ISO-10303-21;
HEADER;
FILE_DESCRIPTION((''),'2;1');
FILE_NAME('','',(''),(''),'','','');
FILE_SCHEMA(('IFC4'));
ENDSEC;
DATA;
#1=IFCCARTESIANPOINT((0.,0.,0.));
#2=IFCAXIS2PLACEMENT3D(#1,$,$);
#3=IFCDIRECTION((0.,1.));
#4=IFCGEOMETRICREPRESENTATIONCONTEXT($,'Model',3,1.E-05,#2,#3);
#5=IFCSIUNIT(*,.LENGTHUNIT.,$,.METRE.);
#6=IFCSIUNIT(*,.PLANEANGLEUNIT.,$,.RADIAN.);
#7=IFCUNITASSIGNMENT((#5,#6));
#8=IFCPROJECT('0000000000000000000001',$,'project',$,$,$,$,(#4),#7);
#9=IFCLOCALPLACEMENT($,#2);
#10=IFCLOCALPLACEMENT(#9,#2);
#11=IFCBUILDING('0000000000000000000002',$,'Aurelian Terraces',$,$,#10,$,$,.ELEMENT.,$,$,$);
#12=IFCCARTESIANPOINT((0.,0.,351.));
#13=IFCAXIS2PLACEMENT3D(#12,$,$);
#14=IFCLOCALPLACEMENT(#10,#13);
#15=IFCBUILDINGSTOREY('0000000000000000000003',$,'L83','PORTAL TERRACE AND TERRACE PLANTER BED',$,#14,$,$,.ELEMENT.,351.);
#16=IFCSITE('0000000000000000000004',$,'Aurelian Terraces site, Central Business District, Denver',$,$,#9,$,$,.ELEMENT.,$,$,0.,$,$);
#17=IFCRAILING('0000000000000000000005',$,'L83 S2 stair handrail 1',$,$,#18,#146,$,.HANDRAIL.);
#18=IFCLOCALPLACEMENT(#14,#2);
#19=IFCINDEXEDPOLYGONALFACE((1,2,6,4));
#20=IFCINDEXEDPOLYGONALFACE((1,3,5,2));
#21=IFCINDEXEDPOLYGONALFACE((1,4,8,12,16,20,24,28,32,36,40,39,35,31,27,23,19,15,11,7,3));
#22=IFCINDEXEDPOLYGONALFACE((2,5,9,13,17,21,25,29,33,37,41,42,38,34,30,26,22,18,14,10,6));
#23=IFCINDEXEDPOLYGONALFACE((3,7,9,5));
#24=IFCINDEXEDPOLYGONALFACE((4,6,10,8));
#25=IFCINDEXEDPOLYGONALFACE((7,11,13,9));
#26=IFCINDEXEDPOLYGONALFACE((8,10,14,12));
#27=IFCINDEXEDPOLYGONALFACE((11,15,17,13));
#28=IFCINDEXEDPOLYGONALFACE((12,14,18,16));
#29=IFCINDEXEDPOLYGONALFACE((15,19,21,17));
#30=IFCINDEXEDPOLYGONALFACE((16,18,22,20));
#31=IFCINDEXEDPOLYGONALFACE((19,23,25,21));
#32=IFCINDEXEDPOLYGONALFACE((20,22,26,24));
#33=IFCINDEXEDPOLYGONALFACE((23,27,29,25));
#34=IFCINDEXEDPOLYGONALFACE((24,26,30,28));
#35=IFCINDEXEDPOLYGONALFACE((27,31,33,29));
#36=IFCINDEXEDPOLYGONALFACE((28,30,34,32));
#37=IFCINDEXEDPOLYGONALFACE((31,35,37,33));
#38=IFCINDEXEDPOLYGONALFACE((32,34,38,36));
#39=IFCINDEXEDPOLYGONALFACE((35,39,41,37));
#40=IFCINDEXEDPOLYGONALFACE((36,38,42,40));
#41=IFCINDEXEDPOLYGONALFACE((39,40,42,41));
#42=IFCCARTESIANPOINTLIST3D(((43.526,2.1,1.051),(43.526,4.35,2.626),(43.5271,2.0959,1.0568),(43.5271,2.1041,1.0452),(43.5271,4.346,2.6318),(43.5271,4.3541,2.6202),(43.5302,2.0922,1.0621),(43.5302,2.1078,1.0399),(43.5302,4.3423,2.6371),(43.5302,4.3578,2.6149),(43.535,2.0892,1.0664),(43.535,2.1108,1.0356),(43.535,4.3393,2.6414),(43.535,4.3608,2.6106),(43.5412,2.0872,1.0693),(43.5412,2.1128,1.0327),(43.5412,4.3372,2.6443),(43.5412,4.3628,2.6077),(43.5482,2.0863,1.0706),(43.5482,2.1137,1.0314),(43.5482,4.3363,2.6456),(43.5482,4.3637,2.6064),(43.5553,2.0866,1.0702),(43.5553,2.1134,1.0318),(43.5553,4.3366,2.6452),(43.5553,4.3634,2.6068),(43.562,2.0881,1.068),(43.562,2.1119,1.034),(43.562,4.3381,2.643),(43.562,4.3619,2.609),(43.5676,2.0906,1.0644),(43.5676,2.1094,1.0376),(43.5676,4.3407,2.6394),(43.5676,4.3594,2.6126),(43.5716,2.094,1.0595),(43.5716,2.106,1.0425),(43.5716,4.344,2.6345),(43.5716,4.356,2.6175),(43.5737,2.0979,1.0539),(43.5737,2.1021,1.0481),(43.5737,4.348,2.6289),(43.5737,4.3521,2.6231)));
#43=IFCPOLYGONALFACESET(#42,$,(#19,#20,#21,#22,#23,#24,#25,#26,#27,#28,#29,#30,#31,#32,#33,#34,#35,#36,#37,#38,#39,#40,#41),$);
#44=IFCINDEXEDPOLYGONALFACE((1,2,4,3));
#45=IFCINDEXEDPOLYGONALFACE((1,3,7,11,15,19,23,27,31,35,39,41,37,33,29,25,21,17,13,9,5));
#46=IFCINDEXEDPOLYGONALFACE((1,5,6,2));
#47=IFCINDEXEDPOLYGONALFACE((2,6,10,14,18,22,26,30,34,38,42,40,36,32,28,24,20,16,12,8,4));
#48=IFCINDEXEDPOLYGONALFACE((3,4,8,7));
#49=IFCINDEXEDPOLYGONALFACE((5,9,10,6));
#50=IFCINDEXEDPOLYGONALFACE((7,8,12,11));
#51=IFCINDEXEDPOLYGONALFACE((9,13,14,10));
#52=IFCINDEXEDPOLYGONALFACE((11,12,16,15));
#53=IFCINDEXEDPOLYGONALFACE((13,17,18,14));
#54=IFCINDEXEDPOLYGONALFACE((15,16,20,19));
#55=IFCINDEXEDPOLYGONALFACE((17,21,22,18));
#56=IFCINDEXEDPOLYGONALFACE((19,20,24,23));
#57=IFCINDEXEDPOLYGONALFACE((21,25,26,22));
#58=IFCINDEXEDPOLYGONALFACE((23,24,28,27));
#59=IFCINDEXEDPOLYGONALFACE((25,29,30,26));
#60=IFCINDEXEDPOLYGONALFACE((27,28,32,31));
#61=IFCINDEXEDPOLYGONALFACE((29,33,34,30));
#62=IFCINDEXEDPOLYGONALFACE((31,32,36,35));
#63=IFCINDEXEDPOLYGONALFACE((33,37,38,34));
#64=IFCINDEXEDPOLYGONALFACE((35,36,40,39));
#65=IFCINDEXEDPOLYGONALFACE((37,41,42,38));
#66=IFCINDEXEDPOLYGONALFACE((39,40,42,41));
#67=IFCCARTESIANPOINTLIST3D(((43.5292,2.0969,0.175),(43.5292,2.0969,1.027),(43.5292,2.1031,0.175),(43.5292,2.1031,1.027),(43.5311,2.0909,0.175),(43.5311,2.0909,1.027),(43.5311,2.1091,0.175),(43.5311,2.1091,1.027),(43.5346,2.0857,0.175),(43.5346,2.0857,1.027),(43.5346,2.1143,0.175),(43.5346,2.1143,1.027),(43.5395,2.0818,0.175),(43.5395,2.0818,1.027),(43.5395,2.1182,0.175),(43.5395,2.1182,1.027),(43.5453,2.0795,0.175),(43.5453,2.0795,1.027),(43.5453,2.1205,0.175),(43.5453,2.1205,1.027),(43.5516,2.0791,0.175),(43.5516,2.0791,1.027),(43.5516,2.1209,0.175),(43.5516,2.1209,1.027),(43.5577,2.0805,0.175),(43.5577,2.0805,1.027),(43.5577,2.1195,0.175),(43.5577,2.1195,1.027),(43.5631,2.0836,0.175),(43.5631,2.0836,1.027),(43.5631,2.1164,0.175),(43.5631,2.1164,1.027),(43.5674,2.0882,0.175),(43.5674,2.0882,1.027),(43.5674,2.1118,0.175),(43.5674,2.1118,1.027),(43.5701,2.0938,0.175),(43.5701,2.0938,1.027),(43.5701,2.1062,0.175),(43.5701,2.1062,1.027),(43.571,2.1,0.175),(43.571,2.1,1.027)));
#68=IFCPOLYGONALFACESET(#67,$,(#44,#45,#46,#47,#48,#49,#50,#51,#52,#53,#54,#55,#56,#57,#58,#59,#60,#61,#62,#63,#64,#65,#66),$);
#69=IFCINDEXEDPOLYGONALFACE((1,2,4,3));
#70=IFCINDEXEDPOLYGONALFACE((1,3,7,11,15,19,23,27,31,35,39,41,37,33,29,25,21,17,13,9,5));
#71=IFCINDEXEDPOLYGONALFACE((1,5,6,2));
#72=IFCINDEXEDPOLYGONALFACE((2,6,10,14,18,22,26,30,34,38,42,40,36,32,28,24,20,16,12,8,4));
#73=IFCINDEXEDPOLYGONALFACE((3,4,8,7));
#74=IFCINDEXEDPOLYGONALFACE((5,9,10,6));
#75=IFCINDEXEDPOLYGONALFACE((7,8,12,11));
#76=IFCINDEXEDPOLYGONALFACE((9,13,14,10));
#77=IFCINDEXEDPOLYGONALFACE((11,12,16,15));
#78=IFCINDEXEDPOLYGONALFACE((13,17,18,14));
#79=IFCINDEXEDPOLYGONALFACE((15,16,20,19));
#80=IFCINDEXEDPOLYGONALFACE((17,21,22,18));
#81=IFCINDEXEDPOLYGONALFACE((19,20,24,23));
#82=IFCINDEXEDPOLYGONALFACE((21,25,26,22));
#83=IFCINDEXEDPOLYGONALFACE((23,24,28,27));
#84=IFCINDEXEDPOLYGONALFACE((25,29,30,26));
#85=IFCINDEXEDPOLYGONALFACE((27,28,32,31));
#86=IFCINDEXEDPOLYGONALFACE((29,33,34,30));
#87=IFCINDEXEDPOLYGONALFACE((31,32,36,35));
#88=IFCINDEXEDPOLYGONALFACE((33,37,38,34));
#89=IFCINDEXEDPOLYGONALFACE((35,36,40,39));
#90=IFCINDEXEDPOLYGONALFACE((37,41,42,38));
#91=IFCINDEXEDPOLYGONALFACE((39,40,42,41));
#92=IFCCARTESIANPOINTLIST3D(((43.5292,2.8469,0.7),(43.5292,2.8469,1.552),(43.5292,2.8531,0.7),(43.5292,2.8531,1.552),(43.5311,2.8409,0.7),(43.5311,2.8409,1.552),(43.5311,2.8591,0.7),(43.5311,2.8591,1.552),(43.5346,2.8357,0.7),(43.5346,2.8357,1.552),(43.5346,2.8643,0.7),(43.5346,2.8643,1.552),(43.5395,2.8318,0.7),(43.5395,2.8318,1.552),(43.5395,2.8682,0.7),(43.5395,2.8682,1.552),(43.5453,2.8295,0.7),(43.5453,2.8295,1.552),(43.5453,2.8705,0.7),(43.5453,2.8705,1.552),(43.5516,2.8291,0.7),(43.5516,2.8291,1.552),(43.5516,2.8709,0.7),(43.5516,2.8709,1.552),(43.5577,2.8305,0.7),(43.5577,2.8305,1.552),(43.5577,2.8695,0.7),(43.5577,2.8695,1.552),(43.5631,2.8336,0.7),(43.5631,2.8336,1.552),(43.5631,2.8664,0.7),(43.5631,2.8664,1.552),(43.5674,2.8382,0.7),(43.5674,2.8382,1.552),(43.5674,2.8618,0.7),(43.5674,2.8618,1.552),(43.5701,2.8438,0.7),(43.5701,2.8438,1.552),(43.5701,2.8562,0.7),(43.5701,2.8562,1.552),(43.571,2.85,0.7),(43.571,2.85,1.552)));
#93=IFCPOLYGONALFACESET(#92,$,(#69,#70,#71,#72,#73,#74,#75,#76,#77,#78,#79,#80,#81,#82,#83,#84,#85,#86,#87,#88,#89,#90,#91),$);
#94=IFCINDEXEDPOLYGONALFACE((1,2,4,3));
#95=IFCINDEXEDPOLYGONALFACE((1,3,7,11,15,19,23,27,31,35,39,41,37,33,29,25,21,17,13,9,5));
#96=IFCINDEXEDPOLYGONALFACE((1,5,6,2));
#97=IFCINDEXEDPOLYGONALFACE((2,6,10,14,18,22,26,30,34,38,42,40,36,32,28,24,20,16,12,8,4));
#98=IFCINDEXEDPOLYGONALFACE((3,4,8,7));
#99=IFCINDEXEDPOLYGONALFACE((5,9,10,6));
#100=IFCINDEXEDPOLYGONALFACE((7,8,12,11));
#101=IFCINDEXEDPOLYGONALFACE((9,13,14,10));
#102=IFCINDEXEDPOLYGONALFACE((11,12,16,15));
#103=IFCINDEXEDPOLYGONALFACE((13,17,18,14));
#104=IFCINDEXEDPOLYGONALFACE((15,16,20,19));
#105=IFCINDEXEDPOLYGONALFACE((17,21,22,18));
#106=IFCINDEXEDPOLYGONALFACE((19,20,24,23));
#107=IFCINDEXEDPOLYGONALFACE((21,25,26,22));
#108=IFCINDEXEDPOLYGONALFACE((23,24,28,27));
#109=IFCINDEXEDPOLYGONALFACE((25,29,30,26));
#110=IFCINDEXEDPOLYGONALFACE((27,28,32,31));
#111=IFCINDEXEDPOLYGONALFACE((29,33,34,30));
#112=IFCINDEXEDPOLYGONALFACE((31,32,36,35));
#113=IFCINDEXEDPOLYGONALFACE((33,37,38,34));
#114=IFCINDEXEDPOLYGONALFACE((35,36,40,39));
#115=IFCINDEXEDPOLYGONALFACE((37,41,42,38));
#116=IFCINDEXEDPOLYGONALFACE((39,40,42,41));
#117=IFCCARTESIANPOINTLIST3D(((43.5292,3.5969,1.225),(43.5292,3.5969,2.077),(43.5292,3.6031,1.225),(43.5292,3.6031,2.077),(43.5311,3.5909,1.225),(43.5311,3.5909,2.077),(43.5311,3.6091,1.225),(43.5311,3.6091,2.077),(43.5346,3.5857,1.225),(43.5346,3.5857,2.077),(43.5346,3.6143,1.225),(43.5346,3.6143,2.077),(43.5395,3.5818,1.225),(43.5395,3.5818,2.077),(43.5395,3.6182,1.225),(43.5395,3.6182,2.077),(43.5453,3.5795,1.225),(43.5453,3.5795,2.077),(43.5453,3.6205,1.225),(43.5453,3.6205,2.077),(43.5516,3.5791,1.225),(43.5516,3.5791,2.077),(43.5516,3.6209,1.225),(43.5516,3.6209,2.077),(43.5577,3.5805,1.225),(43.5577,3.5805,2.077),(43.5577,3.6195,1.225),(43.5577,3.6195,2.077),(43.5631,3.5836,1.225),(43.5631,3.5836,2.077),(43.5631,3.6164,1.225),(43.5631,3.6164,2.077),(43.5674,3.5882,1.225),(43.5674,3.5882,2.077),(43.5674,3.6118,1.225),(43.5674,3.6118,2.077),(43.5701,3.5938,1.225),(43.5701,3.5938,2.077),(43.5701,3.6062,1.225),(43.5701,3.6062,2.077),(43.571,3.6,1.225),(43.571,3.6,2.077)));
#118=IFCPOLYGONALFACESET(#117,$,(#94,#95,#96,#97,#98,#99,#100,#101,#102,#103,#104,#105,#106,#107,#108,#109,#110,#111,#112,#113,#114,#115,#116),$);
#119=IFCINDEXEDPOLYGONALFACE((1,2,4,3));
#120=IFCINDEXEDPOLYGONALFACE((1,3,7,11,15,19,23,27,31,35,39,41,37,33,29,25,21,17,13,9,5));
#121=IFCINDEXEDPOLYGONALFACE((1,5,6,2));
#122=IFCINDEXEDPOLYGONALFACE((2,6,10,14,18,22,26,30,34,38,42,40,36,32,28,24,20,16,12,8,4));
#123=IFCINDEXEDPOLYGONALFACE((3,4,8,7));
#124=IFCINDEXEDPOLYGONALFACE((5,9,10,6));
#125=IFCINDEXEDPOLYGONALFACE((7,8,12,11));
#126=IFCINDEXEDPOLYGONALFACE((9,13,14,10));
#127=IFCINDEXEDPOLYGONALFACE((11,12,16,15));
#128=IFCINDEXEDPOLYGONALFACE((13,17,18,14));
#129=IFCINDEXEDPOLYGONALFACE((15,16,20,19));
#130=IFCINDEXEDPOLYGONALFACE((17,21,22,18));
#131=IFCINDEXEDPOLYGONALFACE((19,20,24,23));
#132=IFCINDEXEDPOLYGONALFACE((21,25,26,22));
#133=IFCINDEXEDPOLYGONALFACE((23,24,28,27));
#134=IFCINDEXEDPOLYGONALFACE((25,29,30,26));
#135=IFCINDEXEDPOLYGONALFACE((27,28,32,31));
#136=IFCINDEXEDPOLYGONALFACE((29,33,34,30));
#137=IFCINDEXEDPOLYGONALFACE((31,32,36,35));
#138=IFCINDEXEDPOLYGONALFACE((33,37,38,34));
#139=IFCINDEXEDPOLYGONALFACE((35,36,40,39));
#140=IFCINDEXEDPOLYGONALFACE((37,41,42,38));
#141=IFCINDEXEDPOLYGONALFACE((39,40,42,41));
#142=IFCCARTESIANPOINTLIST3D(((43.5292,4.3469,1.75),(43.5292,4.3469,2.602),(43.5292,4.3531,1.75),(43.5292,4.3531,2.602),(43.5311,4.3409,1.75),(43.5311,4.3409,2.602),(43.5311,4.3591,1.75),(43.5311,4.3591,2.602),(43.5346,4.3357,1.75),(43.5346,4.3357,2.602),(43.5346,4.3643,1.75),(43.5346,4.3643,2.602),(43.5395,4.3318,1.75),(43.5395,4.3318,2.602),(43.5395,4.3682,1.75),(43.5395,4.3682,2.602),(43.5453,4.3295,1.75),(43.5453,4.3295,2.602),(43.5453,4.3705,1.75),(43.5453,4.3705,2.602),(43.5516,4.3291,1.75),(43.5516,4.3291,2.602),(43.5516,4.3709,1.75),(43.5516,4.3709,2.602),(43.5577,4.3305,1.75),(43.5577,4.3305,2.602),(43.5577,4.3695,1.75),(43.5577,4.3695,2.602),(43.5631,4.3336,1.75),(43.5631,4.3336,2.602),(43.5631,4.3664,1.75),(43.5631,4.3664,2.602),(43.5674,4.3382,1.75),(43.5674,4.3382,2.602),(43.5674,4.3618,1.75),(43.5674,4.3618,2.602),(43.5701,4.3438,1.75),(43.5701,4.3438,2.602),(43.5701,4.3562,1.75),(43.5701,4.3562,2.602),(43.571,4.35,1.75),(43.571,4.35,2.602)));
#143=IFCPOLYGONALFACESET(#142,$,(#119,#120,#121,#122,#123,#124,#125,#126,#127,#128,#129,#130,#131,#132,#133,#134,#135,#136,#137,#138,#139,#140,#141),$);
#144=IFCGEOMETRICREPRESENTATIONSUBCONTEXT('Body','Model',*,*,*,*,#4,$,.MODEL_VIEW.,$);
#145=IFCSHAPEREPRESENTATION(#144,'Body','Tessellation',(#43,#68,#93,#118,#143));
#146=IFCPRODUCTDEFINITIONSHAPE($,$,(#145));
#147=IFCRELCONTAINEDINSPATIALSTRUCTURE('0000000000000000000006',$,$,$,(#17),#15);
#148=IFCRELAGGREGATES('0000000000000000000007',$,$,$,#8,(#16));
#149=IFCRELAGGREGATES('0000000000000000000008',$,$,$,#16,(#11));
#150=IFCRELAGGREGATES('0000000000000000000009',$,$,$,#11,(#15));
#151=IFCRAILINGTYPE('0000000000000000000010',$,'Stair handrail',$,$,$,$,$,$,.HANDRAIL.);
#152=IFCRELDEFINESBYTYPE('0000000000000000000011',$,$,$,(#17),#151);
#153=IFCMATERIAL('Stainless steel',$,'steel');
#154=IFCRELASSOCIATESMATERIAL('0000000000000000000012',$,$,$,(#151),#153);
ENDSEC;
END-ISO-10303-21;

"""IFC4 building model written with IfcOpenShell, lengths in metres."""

from ifc_helpers import new_model, si_unit, direction, frame, origin, origin_2d, place, context, subcontext, project, spatial, circle, extrude, source, transform, mapped, material, type_object, element, save


model = new_model("IFC4")

# Units and contexts
model_context = context("Model", 3, precision=1e-05, world=origin(), true_north=direction((0.0, 1.0)))
body_context = subcontext(model_context, "Body", "Model", "MODEL_VIEW")
ifc_project = project(units=[si_unit("LENGTHUNIT", "METRE"), si_unit("PLANEANGLEUNIT", "RADIAN")], contexts=[model_context])

# Site, building, storey
site_placement = place(None, origin())
site = spatial("IfcSite", under=ifc_project, at=site_placement, Name="Aurelian Terraces site, Central Business District, Denver", CompositionType="ELEMENT", RefElevation=0.0)
building_placement = place(site_placement, origin())
building = spatial("IfcBuilding", under=site, at=building_placement, Name="Aurelian Terraces", CompositionType="ELEMENT")
storey_placement = place(building_placement, frame((0.0, 0.0, 351.0)))
storey = spatial("IfcBuildingStorey", under=building, at=storey_placement, Name="L83", Description="PORTAL TERRACE AND TERRACE PLANTER BED", CompositionType="ELEMENT", Elevation=351.0)

# Railing
ifc_material_1 = material(Name="Stainless steel", Category="steel")
railing_type_1 = type_object("IfcRailingType", Name="Stair handrail", PredefinedType="HANDRAIL", material=ifc_material_1)
shared_shape_1 = source(origin(), body_context, "Body", "SweptSolid", [
    extrude(circle(Radius=0.024, at=origin_2d()), frame((0.0, 0.0, 0.876), z_axis=(0.0, 0.819232, 0.573462), x_axis=(-1.0, 0.0, 0.0)), (0.0, 0.0, 1.0), 2.7465),
    extrude(circle(Radius=0.021, at=origin_2d()), origin(), (0.0, 0.0, 1.0), 0.852),
    extrude(circle(Radius=0.021, at=origin_2d()), frame((0.0, 0.75, 0.525)), (0.0, 0.0, 1.0), 0.852),
    extrude(circle(Radius=0.021, at=origin_2d()), frame((0.0, 1.5, 1.05)), (0.0, 0.0, 1.0), 0.852),
    extrude(circle(Radius=0.021, at=origin_2d()), frame((0.0, 2.25, 1.575)), (0.0, 0.0, 1.0), 0.852),
])
railing_1_placement = place(storey_placement, frame((43.55, 2.1, 0.175)))
element("IfcRailing", 1, at=railing_1_placement, inside=storey, type_object=railing_type_1, Name="L83 S2 stair handrail 1", PredefinedType="HANDRAIL", context=body_context, shape_type="MappedRepresentation", body=[
    mapped(shared_shape_1, transform((0.0, 0.0, 0.0), scale=1.0)),
])

save(model, "model.ifc")
